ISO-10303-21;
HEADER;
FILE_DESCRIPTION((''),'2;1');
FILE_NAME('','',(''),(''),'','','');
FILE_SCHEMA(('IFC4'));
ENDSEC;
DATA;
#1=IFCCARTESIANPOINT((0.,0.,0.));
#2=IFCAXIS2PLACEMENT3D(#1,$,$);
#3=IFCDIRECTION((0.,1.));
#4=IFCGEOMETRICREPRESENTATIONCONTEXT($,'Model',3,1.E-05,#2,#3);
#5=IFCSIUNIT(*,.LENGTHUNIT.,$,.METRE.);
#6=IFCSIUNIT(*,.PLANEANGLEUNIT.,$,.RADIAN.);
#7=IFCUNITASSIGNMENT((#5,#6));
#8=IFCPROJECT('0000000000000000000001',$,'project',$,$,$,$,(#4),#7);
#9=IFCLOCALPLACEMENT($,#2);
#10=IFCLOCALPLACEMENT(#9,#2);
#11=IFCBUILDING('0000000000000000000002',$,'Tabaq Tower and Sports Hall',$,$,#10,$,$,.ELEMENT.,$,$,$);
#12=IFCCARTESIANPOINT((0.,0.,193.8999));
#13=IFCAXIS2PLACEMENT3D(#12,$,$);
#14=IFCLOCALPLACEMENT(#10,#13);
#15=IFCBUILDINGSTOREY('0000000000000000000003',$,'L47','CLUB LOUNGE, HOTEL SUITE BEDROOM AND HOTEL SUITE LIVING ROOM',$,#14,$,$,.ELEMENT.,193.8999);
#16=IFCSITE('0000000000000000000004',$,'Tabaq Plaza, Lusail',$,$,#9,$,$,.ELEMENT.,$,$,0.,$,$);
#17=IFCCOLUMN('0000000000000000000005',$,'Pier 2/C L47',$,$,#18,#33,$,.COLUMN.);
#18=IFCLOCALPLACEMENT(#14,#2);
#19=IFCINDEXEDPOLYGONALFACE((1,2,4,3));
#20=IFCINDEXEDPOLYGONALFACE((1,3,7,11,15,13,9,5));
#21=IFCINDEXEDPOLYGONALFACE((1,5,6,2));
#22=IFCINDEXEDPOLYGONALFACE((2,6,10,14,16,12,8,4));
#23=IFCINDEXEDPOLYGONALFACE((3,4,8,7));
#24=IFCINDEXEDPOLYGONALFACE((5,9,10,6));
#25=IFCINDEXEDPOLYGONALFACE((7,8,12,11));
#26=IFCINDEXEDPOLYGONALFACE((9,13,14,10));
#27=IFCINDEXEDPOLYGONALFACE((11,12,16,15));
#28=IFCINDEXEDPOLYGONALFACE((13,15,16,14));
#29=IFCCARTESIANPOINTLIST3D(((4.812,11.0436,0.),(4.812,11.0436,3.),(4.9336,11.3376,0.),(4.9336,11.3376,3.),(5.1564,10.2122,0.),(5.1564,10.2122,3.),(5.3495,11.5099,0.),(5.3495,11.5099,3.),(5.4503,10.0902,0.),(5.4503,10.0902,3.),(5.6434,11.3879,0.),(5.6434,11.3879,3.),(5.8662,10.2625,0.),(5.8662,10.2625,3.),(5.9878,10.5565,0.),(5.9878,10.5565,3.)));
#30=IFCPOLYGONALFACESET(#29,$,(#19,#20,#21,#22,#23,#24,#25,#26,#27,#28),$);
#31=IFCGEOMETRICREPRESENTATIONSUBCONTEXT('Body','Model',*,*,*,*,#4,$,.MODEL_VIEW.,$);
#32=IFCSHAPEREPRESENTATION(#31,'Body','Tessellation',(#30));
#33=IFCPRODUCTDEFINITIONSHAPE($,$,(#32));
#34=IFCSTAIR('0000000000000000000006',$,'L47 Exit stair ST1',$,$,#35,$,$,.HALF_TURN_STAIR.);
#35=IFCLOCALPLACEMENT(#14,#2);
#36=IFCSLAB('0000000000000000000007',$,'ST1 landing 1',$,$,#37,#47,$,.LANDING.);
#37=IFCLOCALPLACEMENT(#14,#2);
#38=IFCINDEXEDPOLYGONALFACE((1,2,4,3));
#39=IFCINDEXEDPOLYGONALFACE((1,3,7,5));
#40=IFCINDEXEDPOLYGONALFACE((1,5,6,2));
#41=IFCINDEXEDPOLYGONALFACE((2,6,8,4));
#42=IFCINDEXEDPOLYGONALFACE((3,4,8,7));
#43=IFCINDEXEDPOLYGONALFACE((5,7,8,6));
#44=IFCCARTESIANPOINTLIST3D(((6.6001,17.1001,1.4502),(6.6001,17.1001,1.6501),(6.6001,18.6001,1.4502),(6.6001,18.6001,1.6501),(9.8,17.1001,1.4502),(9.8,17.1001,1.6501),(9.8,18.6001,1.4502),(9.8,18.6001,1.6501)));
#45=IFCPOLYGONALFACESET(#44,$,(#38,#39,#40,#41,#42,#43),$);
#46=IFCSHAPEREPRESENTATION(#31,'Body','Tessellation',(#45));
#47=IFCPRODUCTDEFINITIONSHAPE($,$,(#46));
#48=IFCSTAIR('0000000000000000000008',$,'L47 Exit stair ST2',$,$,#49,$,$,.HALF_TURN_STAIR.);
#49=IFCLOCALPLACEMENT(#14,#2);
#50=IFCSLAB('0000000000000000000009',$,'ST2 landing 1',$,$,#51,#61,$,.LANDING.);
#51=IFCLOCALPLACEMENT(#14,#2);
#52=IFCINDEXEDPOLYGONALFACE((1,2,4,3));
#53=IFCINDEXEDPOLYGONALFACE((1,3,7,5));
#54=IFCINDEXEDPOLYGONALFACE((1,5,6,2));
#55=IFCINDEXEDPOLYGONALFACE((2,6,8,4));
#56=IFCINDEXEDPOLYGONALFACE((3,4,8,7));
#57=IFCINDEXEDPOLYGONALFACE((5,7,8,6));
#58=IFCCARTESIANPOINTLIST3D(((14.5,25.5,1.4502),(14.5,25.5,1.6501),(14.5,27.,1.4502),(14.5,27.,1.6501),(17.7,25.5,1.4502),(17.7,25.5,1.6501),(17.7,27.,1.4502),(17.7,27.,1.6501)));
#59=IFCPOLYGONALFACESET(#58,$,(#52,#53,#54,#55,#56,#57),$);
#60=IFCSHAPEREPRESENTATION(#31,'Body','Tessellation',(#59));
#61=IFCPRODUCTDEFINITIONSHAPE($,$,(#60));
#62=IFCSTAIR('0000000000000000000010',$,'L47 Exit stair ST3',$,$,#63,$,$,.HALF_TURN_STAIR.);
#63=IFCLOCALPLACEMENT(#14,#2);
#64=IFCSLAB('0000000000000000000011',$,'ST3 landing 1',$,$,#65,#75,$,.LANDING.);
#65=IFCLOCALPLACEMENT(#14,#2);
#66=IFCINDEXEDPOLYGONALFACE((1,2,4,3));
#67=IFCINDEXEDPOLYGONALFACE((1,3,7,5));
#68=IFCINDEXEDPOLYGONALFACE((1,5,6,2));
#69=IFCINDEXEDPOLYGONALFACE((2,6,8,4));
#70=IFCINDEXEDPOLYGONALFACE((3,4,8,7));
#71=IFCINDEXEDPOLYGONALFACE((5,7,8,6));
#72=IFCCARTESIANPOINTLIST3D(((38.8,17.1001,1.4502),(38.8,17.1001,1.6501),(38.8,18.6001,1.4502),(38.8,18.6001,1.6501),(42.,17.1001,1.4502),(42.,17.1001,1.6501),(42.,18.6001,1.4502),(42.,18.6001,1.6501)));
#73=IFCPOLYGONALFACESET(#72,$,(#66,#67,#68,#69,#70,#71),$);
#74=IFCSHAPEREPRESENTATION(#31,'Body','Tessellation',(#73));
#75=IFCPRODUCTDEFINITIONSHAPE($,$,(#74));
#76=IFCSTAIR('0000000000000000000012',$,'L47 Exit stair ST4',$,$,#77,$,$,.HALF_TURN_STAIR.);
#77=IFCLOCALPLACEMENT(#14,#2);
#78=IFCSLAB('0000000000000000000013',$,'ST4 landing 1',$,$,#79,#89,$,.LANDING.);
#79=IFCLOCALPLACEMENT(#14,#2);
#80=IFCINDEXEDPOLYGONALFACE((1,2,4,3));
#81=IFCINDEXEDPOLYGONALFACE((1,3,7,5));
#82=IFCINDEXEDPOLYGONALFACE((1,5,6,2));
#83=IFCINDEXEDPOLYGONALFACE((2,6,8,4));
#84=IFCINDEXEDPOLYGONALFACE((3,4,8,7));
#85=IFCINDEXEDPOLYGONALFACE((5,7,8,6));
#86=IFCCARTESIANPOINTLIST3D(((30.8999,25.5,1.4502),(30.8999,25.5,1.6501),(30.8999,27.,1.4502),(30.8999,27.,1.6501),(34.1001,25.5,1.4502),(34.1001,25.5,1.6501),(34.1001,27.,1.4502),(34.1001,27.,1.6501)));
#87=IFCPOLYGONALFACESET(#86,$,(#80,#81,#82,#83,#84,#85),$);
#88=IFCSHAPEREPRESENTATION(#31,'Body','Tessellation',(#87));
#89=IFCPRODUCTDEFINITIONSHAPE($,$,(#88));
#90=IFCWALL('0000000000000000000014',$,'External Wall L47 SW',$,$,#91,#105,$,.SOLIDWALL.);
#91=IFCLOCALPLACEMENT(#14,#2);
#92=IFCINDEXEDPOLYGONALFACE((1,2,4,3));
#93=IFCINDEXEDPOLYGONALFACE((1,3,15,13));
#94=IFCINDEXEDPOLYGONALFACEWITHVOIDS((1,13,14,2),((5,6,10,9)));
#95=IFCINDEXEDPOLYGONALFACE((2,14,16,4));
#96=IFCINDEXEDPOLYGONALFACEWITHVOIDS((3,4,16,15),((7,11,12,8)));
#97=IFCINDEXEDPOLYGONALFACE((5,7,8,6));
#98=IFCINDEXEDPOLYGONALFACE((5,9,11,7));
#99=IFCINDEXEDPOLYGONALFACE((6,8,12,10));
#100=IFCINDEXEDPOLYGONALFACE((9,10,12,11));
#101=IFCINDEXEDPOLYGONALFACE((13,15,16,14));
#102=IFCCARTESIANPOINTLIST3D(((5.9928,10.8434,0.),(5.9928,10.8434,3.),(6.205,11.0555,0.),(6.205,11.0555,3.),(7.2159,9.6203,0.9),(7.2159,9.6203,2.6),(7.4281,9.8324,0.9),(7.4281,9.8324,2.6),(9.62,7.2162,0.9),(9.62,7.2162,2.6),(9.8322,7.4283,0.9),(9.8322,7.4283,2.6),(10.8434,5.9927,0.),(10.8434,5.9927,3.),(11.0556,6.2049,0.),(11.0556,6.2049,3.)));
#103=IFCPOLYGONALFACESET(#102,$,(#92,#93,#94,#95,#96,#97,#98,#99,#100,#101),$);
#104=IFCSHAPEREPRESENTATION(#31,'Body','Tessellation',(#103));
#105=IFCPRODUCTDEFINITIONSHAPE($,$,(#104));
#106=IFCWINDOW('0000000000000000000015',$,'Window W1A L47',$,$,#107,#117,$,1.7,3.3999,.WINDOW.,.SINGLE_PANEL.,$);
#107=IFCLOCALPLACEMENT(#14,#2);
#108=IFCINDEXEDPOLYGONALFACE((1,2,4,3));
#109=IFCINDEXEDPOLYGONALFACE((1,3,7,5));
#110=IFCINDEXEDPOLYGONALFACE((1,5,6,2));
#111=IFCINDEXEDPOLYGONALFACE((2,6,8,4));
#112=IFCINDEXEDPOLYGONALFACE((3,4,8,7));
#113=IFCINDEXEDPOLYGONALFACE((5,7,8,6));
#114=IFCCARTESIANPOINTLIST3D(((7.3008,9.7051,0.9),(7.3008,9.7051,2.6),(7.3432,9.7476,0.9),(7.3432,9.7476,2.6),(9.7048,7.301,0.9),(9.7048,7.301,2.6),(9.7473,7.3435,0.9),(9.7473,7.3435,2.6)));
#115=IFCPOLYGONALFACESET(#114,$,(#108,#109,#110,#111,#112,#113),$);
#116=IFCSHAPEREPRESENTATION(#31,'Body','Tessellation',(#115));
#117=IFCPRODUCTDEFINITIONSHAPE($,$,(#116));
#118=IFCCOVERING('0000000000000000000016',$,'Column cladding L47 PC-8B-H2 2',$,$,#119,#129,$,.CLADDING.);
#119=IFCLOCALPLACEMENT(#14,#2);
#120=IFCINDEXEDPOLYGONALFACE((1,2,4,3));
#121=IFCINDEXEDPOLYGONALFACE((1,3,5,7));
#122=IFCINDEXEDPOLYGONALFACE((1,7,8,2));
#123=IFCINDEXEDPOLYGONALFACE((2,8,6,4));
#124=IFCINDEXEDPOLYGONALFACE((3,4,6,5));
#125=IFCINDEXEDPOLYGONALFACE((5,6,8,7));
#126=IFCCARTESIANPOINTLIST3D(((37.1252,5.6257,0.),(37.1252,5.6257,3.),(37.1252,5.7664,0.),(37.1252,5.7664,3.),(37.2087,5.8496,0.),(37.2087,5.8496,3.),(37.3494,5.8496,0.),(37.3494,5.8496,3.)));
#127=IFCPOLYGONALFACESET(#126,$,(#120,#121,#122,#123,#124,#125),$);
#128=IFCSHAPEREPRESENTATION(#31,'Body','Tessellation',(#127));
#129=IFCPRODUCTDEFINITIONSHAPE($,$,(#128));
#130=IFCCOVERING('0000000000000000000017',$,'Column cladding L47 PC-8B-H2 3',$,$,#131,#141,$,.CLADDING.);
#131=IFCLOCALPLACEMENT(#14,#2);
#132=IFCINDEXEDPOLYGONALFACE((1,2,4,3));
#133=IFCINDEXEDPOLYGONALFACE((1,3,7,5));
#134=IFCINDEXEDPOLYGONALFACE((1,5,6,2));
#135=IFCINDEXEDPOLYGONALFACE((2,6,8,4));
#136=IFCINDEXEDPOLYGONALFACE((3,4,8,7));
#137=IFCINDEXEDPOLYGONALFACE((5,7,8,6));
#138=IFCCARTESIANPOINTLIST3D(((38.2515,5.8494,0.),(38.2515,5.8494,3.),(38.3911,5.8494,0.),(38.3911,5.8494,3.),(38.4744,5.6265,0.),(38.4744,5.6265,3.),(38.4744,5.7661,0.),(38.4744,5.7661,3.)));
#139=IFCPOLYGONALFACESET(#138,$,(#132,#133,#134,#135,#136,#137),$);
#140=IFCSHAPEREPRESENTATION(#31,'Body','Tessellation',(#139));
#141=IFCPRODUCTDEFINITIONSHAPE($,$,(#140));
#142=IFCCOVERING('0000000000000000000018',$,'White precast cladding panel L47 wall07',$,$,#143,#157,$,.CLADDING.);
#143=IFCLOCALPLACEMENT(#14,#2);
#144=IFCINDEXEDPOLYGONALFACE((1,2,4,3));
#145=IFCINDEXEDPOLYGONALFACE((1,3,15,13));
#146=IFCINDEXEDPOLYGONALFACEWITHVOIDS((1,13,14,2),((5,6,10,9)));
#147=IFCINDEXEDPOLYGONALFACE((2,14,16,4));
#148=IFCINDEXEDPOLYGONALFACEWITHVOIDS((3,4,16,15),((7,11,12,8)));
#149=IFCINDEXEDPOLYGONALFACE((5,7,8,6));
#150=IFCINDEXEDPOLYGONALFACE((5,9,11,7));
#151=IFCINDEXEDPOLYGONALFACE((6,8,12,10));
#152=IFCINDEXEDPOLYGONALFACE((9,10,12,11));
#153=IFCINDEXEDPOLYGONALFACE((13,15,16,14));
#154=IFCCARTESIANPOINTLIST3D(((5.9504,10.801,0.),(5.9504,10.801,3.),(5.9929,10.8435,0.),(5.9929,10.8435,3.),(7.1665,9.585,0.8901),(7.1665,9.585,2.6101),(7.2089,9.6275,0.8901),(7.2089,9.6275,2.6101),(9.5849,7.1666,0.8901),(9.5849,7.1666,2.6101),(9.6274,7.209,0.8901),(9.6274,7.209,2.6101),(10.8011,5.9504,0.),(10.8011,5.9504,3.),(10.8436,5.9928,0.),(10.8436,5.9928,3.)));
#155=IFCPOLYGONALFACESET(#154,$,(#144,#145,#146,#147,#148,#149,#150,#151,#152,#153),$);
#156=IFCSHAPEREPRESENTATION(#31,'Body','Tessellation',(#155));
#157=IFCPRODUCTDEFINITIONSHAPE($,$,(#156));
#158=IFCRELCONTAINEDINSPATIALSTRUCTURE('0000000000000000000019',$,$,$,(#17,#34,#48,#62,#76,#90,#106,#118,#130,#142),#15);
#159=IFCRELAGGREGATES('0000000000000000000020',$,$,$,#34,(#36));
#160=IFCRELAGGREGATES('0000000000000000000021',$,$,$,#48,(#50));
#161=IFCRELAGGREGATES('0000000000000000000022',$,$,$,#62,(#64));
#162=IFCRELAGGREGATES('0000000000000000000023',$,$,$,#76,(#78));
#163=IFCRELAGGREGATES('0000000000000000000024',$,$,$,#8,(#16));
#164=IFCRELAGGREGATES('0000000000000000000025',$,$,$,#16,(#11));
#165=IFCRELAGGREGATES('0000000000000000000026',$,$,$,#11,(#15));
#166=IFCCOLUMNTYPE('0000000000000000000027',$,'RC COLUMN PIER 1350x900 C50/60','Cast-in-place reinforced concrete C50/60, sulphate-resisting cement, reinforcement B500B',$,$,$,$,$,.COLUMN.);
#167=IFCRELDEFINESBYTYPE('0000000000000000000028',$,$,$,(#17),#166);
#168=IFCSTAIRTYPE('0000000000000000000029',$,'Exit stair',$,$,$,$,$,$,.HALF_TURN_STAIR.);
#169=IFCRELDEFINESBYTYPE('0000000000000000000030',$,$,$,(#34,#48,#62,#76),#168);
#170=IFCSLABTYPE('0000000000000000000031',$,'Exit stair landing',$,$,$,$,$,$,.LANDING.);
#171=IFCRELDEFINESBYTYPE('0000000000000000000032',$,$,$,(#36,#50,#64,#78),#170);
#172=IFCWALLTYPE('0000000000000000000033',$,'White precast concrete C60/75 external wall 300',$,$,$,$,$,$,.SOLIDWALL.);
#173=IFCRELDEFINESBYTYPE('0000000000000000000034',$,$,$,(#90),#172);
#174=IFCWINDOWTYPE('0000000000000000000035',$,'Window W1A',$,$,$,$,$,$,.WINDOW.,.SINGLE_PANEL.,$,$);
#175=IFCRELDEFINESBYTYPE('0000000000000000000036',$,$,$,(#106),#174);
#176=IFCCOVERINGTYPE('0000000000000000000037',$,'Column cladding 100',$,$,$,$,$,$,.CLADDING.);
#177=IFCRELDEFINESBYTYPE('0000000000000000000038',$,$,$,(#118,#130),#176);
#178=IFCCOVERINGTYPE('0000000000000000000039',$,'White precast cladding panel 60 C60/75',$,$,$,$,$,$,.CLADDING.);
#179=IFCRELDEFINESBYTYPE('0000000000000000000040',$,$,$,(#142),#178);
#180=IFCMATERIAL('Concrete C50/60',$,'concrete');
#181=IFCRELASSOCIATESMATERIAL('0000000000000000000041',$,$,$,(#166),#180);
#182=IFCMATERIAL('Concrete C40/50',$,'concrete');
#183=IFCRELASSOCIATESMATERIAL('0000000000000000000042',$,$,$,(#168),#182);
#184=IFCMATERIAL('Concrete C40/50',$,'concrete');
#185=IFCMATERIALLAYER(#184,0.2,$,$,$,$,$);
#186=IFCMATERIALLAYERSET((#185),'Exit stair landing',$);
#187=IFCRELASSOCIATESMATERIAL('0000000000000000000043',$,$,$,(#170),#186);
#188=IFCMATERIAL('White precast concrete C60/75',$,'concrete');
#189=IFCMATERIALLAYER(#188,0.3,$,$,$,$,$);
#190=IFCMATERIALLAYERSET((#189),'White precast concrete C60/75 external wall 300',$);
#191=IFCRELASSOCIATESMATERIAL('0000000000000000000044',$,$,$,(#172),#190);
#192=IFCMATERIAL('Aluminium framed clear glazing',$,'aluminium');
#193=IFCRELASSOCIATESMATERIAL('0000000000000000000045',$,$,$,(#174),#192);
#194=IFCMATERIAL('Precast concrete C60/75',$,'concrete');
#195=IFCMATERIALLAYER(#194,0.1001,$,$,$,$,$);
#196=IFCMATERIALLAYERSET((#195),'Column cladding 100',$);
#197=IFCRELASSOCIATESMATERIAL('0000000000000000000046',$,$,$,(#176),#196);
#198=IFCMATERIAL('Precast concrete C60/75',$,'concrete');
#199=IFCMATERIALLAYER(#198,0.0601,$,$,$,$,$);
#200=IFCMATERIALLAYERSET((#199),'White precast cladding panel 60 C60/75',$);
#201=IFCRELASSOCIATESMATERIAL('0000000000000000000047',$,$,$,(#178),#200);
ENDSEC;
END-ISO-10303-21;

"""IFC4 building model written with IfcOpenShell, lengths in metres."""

from ifc_helpers import new_model, si_unit, direction, frame, frame_2d, origin, place, context, subcontext, project, spatial, polyline, rectangle, outline, extrude, material, layer, layer_set, material_profile, profile_set, type_object, element, fill, aggregate, save


model = new_model("IFC4")

# Units and contexts
model_context = context("Model", 3, precision=1e-05, world=origin(), true_north=direction((0.0, 1.0)))
body_context = subcontext(model_context, "Body", "Model", "MODEL_VIEW")
ifc_project = project(units=[si_unit("LENGTHUNIT", "METRE"), si_unit("PLANEANGLEUNIT", "RADIAN")], contexts=[model_context])

# Site, building, storey
site_placement = place(None, origin())
site = spatial("IfcSite", under=ifc_project, at=site_placement, Name="Tabaq Plaza, Lusail", CompositionType="ELEMENT", RefElevation=0.0)
building_placement = place(site_placement, origin())
building = spatial("IfcBuilding", under=site, at=building_placement, Name="Tabaq Tower and Sports Hall", CompositionType="ELEMENT")
storey_placement = place(building_placement, frame((0.0, 0.0, 193.8999)))
storey = spatial("IfcBuildingStorey", under=building, at=storey_placement, Name="L47", Description="CLUB LOUNGE, HOTEL SUITE BEDROOM AND HOTEL SUITE LIVING ROOM", CompositionType="ELEMENT", Elevation=193.8999)

# Column
ifc_material_1 = material(Name="Concrete C50/60", Category="concrete")
ifc_material_profile = material_profile(ifc_material_1, outline(polyline([(-0.45, -0.45), (0.45, -0.45), (0.675, -0.2251), (0.675, 0.2251), (0.45, 0.45), (-0.45, 0.45), (-0.675, 0.2251), (-0.675, -0.2251), (-0.45, -0.45)])), Name="PIER 1350x900")
ifc_profile_set = profile_set([ifc_material_profile], Name="Concrete C50/60")
column_type = type_object("IfcColumnType", Name="RC COLUMN PIER 1350x900 C50/60", Description="Cast-in-place reinforced concrete C50/60, sulphate-resisting cement, reinforcement B500B", PredefinedType="COLUMN", material=ifc_profile_set)
column_placement = place(storey_placement, frame((5.3999, 10.8, 0.0), z_axis=(0.0, 0.0, 1.0), x_axis=(-0.382683, 0.92388, 0.0)))
element("IfcColumn", 1, at=column_placement, inside=storey, type_object=column_type, Name="Pier 2/C L47", PredefinedType="COLUMN", context=body_context, shape_type="SweptSolid", body=[
    extrude(outline(polyline([(-0.45, -0.45), (0.45, -0.45), (0.675, -0.2251), (0.675, 0.2251), (0.45, 0.45), (-0.45, 0.45), (-0.675, 0.2251), (-0.675, -0.2251), (-0.45, -0.45)])), origin(), (0.0, 0.0, 1.0), 3.0),
])

# Stairs, slabs
ifc_material_2 = material(Name="Concrete C40/50", Category="concrete")
stair_type = type_object("IfcStairType", Name="Exit stair", PredefinedType="HALF_TURN_STAIR", material=ifc_material_2)
stair_1_placement = place(storey_placement, origin())
stair_1 = element("IfcStair", 2, at=stair_1_placement, inside=storey, type_object=stair_type, Name="L47 Exit stair ST1", PredefinedType="HALF_TURN_STAIR")
ifc_material_3 = material(Name="Concrete C40/50", Category="concrete")
ifc_layer_1 = layer(ifc_material_3, 0.2)
ifc_layer_set_1 = layer_set([ifc_layer_1], Name="Exit stair landing")
slab_type = type_object("IfcSlabType", Name="Exit stair landing", PredefinedType="LANDING", material=ifc_layer_set_1)
slab_1_placement = place(storey_placement, frame((0.0, 0.0, 1.4502)))
slab_1 = element("IfcSlab", 3, at=slab_1_placement, type_object=slab_type, Name="ST1 landing 1", PredefinedType="LANDING", context=body_context, shape_type="SweptSolid", body=[
    extrude(outline(polyline([(6.6001, 18.6001), (6.6001, 17.1001), (9.8, 17.1001), (9.8, 18.6001), (6.6001, 18.6001)])), origin(), (0.0, 0.0, 1.0), 0.2),
])
aggregate(stair_1, [slab_1])
stair_2_placement = place(storey_placement, origin())
stair_2 = element("IfcStair", 4, at=stair_2_placement, inside=storey, type_object=stair_type, Name="L47 Exit stair ST2", PredefinedType="HALF_TURN_STAIR")
slab_2_placement = place(storey_placement, frame((0.0, 0.0, 1.4502)))
slab_2 = element("IfcSlab", 5, at=slab_2_placement, type_object=slab_type, Name="ST2 landing 1", PredefinedType="LANDING", context=body_context, shape_type="SweptSolid", body=[
    extrude(outline(polyline([(14.5, 27.0), (14.5, 25.5), (17.7, 25.5), (17.7, 27.0), (14.5, 27.0)])), origin(), (0.0, 0.0, 1.0), 0.2),
])
aggregate(stair_2, [slab_2])
stair_3_placement = place(storey_placement, origin())
stair_3 = element("IfcStair", 6, at=stair_3_placement, inside=storey, type_object=stair_type, Name="L47 Exit stair ST3", PredefinedType="HALF_TURN_STAIR")
slab_3_placement = place(storey_placement, frame((0.0, 0.0, 1.4502)))
slab_3 = element("IfcSlab", 7, at=slab_3_placement, type_object=slab_type, Name="ST3 landing 1", PredefinedType="LANDING", context=body_context, shape_type="SweptSolid", body=[
    extrude(outline(polyline([(38.8, 18.6001), (38.8, 17.1001), (42.0, 17.1001), (42.0, 18.6001), (38.8, 18.6001)])), origin(), (0.0, 0.0, 1.0), 0.2),
])
aggregate(stair_3, [slab_3])
stair_4_placement = place(storey_placement, origin())
stair_4 = element("IfcStair", 8, at=stair_4_placement, inside=storey, type_object=stair_type, Name="L47 Exit stair ST4", PredefinedType="HALF_TURN_STAIR")
slab_4_placement = place(storey_placement, frame((0.0, 0.0, 1.4502)))
slab_4 = element("IfcSlab", 9, at=slab_4_placement, type_object=slab_type, Name="ST4 landing 1", PredefinedType="LANDING", context=body_context, shape_type="SweptSolid", body=[
    extrude(outline(polyline([(30.8999, 27.0), (30.8999, 25.5), (34.1001, 25.5), (34.1001, 27.0), (30.8999, 27.0)])), origin(), (0.0, 0.0, 1.0), 0.2),
])
aggregate(stair_4, [slab_4])

# Wall, opening, window
ifc_material_4 = material(Name="White precast concrete C60/75", Category="concrete")
ifc_layer_2 = layer(ifc_material_4, 0.3)
ifc_layer_set_2 = layer_set([ifc_layer_2], Name="White precast concrete C60/75 external wall 300")
wall_type = type_object("IfcWallType", Name="White precast concrete C60/75 external wall 300", PredefinedType="SOLIDWALL", material=ifc_layer_set_2)
wall_placement = place(storey_placement, frame((6.0989, 10.9495, 0.0), z_axis=(0.0, 0.0, 1.0), x_axis=(0.707107, -0.707107, 0.0)))
wall = element("IfcWall", 10, at=wall_placement, inside=storey, type_object=wall_type, Name="External Wall L47 SW", PredefinedType="SOLIDWALL", context=body_context, shape_type="SweptSolid", body=[
    extrude(rectangle(XDim=6.8599, YDim=0.3, at=frame_2d((3.4299, 0.0))), origin(), (0.0, 0.0, 1.0), 3.0),
])
opening_placement = place(wall_placement, frame((1.7297, 0.0, 0.8999)))
opening = element("IfcOpeningElement", 11, at=opening_placement, cuts=wall, PredefinedType="OPENING", context=body_context, shape_type="SweptSolid", body=[
    extrude(rectangle(XDim=3.3999, YDim=1.7, at=frame_2d((1.7, 0.8501))), frame((0.0, 0.1602, 0.0), z_axis=(0.0, -1.0, 0.0), x_axis=(1.0, 0.0, 0.0)), (0.0, 0.0, 1.0), 0.3201),
])
ifc_material_5 = material(Name="Aluminium framed clear glazing", Category="aluminium")
window_type = type_object("IfcWindowType", Name="Window W1A", PartitioningType="SINGLE_PANEL", PredefinedType="WINDOW", material=ifc_material_5)
window_placement = place(opening_placement, origin())
window = element("IfcWindow", 12, at=window_placement, inside=storey, type_object=window_type, Name="Window W1A L47", OverallHeight=1.7, OverallWidth=3.3999, PartitioningType="SINGLE_PANEL", PredefinedType="WINDOW", context=body_context, shape_type="SweptSolid", body=[
    extrude(rectangle(XDim=3.3999, YDim=1.7, at=frame_2d((1.7, 0.8501))), frame((0.0, 0.03, 0.0), z_axis=(0.0, -1.0, 0.0), x_axis=(1.0, 0.0, 0.0)), (0.0, 0.0, 1.0), 0.0601),
])
fill(opening, window)

# Coverings
ifc_material_6 = material(Name="Precast concrete C60/75", Category="concrete")
ifc_layer_3 = layer(ifc_material_6, 0.1001)
ifc_layer_set_3 = layer_set([ifc_layer_3], Name="Column cladding 100")
covering_type_1 = type_object("IfcCoveringType", Name="Column cladding 100", PredefinedType="CLADDING", material=ifc_layer_set_3)
covering_1_placement = place(storey_placement, origin())
element("IfcCovering", 13, at=covering_1_placement, inside=storey, type_object=covering_type_1, Name="Column cladding L47 PC-8B-H2 2", PredefinedType="CLADDING", context=body_context, shape_type="SweptSolid", body=[
    extrude(outline(polyline([(37.2087, 5.8496), (37.3494, 5.8496), (37.1252, 5.6257), (37.1252, 5.7664), (37.2087, 5.8496)])), origin(), (0.0, 0.0, 1.0), 3.0),
])
covering_2_placement = place(storey_placement, origin())
element("IfcCovering", 14, at=covering_2_placement, inside=storey, type_object=covering_type_1, Name="Column cladding L47 PC-8B-H2 3", PredefinedType="CLADDING", context=body_context, shape_type="SweptSolid", body=[
    extrude(outline(polyline([(38.4744, 5.6265), (38.2515, 5.8494), (38.3911, 5.8494), (38.4744, 5.7661), (38.4744, 5.6265)])), origin(), (0.0, 0.0, 1.0), 3.0),
])
ifc_material_7 = material(Name="Precast concrete C60/75", Category="concrete")
ifc_layer_4 = layer(ifc_material_7, 0.0601)
ifc_layer_set_4 = layer_set([ifc_layer_4], Name="White precast cladding panel 60 C60/75")
covering_type_2 = type_object("IfcCoveringType", Name="White precast cladding panel 60 C60/75", PredefinedType="CLADDING", material=ifc_layer_set_4)
covering_3_placement = place(storey_placement, frame((5.9717, 10.8223, 0.0), z_axis=(0.0, 0.0, 1.0), x_axis=(0.707107, -0.707107, 0.0)))
element("IfcCovering", 15, at=covering_3_placement, inside=storey, type_object=covering_type_2, Name="White precast cladding panel L47 wall07", PredefinedType="CLADDING", context=body_context, shape_type="SweptSolid", body=[
    extrude(outline(polyline([(0.0, 0.0), (6.8599, 0.0), (6.8599, 3.0), (0.0, 3.0), (0.0, 0.0)]), holes=[polyline([(1.7197, 0.8901), (1.7197, 2.6101), (5.1399, 2.6101), (5.1399, 0.8901), (1.7197, 0.8901)])]), frame((0.0, 0.03, 0.0), z_axis=(0.0, -1.0, 0.0), x_axis=(1.0, 0.0, 0.0)), (0.0, 0.0, 1.0), 0.0601),
])

save(model, "model.ifc")
